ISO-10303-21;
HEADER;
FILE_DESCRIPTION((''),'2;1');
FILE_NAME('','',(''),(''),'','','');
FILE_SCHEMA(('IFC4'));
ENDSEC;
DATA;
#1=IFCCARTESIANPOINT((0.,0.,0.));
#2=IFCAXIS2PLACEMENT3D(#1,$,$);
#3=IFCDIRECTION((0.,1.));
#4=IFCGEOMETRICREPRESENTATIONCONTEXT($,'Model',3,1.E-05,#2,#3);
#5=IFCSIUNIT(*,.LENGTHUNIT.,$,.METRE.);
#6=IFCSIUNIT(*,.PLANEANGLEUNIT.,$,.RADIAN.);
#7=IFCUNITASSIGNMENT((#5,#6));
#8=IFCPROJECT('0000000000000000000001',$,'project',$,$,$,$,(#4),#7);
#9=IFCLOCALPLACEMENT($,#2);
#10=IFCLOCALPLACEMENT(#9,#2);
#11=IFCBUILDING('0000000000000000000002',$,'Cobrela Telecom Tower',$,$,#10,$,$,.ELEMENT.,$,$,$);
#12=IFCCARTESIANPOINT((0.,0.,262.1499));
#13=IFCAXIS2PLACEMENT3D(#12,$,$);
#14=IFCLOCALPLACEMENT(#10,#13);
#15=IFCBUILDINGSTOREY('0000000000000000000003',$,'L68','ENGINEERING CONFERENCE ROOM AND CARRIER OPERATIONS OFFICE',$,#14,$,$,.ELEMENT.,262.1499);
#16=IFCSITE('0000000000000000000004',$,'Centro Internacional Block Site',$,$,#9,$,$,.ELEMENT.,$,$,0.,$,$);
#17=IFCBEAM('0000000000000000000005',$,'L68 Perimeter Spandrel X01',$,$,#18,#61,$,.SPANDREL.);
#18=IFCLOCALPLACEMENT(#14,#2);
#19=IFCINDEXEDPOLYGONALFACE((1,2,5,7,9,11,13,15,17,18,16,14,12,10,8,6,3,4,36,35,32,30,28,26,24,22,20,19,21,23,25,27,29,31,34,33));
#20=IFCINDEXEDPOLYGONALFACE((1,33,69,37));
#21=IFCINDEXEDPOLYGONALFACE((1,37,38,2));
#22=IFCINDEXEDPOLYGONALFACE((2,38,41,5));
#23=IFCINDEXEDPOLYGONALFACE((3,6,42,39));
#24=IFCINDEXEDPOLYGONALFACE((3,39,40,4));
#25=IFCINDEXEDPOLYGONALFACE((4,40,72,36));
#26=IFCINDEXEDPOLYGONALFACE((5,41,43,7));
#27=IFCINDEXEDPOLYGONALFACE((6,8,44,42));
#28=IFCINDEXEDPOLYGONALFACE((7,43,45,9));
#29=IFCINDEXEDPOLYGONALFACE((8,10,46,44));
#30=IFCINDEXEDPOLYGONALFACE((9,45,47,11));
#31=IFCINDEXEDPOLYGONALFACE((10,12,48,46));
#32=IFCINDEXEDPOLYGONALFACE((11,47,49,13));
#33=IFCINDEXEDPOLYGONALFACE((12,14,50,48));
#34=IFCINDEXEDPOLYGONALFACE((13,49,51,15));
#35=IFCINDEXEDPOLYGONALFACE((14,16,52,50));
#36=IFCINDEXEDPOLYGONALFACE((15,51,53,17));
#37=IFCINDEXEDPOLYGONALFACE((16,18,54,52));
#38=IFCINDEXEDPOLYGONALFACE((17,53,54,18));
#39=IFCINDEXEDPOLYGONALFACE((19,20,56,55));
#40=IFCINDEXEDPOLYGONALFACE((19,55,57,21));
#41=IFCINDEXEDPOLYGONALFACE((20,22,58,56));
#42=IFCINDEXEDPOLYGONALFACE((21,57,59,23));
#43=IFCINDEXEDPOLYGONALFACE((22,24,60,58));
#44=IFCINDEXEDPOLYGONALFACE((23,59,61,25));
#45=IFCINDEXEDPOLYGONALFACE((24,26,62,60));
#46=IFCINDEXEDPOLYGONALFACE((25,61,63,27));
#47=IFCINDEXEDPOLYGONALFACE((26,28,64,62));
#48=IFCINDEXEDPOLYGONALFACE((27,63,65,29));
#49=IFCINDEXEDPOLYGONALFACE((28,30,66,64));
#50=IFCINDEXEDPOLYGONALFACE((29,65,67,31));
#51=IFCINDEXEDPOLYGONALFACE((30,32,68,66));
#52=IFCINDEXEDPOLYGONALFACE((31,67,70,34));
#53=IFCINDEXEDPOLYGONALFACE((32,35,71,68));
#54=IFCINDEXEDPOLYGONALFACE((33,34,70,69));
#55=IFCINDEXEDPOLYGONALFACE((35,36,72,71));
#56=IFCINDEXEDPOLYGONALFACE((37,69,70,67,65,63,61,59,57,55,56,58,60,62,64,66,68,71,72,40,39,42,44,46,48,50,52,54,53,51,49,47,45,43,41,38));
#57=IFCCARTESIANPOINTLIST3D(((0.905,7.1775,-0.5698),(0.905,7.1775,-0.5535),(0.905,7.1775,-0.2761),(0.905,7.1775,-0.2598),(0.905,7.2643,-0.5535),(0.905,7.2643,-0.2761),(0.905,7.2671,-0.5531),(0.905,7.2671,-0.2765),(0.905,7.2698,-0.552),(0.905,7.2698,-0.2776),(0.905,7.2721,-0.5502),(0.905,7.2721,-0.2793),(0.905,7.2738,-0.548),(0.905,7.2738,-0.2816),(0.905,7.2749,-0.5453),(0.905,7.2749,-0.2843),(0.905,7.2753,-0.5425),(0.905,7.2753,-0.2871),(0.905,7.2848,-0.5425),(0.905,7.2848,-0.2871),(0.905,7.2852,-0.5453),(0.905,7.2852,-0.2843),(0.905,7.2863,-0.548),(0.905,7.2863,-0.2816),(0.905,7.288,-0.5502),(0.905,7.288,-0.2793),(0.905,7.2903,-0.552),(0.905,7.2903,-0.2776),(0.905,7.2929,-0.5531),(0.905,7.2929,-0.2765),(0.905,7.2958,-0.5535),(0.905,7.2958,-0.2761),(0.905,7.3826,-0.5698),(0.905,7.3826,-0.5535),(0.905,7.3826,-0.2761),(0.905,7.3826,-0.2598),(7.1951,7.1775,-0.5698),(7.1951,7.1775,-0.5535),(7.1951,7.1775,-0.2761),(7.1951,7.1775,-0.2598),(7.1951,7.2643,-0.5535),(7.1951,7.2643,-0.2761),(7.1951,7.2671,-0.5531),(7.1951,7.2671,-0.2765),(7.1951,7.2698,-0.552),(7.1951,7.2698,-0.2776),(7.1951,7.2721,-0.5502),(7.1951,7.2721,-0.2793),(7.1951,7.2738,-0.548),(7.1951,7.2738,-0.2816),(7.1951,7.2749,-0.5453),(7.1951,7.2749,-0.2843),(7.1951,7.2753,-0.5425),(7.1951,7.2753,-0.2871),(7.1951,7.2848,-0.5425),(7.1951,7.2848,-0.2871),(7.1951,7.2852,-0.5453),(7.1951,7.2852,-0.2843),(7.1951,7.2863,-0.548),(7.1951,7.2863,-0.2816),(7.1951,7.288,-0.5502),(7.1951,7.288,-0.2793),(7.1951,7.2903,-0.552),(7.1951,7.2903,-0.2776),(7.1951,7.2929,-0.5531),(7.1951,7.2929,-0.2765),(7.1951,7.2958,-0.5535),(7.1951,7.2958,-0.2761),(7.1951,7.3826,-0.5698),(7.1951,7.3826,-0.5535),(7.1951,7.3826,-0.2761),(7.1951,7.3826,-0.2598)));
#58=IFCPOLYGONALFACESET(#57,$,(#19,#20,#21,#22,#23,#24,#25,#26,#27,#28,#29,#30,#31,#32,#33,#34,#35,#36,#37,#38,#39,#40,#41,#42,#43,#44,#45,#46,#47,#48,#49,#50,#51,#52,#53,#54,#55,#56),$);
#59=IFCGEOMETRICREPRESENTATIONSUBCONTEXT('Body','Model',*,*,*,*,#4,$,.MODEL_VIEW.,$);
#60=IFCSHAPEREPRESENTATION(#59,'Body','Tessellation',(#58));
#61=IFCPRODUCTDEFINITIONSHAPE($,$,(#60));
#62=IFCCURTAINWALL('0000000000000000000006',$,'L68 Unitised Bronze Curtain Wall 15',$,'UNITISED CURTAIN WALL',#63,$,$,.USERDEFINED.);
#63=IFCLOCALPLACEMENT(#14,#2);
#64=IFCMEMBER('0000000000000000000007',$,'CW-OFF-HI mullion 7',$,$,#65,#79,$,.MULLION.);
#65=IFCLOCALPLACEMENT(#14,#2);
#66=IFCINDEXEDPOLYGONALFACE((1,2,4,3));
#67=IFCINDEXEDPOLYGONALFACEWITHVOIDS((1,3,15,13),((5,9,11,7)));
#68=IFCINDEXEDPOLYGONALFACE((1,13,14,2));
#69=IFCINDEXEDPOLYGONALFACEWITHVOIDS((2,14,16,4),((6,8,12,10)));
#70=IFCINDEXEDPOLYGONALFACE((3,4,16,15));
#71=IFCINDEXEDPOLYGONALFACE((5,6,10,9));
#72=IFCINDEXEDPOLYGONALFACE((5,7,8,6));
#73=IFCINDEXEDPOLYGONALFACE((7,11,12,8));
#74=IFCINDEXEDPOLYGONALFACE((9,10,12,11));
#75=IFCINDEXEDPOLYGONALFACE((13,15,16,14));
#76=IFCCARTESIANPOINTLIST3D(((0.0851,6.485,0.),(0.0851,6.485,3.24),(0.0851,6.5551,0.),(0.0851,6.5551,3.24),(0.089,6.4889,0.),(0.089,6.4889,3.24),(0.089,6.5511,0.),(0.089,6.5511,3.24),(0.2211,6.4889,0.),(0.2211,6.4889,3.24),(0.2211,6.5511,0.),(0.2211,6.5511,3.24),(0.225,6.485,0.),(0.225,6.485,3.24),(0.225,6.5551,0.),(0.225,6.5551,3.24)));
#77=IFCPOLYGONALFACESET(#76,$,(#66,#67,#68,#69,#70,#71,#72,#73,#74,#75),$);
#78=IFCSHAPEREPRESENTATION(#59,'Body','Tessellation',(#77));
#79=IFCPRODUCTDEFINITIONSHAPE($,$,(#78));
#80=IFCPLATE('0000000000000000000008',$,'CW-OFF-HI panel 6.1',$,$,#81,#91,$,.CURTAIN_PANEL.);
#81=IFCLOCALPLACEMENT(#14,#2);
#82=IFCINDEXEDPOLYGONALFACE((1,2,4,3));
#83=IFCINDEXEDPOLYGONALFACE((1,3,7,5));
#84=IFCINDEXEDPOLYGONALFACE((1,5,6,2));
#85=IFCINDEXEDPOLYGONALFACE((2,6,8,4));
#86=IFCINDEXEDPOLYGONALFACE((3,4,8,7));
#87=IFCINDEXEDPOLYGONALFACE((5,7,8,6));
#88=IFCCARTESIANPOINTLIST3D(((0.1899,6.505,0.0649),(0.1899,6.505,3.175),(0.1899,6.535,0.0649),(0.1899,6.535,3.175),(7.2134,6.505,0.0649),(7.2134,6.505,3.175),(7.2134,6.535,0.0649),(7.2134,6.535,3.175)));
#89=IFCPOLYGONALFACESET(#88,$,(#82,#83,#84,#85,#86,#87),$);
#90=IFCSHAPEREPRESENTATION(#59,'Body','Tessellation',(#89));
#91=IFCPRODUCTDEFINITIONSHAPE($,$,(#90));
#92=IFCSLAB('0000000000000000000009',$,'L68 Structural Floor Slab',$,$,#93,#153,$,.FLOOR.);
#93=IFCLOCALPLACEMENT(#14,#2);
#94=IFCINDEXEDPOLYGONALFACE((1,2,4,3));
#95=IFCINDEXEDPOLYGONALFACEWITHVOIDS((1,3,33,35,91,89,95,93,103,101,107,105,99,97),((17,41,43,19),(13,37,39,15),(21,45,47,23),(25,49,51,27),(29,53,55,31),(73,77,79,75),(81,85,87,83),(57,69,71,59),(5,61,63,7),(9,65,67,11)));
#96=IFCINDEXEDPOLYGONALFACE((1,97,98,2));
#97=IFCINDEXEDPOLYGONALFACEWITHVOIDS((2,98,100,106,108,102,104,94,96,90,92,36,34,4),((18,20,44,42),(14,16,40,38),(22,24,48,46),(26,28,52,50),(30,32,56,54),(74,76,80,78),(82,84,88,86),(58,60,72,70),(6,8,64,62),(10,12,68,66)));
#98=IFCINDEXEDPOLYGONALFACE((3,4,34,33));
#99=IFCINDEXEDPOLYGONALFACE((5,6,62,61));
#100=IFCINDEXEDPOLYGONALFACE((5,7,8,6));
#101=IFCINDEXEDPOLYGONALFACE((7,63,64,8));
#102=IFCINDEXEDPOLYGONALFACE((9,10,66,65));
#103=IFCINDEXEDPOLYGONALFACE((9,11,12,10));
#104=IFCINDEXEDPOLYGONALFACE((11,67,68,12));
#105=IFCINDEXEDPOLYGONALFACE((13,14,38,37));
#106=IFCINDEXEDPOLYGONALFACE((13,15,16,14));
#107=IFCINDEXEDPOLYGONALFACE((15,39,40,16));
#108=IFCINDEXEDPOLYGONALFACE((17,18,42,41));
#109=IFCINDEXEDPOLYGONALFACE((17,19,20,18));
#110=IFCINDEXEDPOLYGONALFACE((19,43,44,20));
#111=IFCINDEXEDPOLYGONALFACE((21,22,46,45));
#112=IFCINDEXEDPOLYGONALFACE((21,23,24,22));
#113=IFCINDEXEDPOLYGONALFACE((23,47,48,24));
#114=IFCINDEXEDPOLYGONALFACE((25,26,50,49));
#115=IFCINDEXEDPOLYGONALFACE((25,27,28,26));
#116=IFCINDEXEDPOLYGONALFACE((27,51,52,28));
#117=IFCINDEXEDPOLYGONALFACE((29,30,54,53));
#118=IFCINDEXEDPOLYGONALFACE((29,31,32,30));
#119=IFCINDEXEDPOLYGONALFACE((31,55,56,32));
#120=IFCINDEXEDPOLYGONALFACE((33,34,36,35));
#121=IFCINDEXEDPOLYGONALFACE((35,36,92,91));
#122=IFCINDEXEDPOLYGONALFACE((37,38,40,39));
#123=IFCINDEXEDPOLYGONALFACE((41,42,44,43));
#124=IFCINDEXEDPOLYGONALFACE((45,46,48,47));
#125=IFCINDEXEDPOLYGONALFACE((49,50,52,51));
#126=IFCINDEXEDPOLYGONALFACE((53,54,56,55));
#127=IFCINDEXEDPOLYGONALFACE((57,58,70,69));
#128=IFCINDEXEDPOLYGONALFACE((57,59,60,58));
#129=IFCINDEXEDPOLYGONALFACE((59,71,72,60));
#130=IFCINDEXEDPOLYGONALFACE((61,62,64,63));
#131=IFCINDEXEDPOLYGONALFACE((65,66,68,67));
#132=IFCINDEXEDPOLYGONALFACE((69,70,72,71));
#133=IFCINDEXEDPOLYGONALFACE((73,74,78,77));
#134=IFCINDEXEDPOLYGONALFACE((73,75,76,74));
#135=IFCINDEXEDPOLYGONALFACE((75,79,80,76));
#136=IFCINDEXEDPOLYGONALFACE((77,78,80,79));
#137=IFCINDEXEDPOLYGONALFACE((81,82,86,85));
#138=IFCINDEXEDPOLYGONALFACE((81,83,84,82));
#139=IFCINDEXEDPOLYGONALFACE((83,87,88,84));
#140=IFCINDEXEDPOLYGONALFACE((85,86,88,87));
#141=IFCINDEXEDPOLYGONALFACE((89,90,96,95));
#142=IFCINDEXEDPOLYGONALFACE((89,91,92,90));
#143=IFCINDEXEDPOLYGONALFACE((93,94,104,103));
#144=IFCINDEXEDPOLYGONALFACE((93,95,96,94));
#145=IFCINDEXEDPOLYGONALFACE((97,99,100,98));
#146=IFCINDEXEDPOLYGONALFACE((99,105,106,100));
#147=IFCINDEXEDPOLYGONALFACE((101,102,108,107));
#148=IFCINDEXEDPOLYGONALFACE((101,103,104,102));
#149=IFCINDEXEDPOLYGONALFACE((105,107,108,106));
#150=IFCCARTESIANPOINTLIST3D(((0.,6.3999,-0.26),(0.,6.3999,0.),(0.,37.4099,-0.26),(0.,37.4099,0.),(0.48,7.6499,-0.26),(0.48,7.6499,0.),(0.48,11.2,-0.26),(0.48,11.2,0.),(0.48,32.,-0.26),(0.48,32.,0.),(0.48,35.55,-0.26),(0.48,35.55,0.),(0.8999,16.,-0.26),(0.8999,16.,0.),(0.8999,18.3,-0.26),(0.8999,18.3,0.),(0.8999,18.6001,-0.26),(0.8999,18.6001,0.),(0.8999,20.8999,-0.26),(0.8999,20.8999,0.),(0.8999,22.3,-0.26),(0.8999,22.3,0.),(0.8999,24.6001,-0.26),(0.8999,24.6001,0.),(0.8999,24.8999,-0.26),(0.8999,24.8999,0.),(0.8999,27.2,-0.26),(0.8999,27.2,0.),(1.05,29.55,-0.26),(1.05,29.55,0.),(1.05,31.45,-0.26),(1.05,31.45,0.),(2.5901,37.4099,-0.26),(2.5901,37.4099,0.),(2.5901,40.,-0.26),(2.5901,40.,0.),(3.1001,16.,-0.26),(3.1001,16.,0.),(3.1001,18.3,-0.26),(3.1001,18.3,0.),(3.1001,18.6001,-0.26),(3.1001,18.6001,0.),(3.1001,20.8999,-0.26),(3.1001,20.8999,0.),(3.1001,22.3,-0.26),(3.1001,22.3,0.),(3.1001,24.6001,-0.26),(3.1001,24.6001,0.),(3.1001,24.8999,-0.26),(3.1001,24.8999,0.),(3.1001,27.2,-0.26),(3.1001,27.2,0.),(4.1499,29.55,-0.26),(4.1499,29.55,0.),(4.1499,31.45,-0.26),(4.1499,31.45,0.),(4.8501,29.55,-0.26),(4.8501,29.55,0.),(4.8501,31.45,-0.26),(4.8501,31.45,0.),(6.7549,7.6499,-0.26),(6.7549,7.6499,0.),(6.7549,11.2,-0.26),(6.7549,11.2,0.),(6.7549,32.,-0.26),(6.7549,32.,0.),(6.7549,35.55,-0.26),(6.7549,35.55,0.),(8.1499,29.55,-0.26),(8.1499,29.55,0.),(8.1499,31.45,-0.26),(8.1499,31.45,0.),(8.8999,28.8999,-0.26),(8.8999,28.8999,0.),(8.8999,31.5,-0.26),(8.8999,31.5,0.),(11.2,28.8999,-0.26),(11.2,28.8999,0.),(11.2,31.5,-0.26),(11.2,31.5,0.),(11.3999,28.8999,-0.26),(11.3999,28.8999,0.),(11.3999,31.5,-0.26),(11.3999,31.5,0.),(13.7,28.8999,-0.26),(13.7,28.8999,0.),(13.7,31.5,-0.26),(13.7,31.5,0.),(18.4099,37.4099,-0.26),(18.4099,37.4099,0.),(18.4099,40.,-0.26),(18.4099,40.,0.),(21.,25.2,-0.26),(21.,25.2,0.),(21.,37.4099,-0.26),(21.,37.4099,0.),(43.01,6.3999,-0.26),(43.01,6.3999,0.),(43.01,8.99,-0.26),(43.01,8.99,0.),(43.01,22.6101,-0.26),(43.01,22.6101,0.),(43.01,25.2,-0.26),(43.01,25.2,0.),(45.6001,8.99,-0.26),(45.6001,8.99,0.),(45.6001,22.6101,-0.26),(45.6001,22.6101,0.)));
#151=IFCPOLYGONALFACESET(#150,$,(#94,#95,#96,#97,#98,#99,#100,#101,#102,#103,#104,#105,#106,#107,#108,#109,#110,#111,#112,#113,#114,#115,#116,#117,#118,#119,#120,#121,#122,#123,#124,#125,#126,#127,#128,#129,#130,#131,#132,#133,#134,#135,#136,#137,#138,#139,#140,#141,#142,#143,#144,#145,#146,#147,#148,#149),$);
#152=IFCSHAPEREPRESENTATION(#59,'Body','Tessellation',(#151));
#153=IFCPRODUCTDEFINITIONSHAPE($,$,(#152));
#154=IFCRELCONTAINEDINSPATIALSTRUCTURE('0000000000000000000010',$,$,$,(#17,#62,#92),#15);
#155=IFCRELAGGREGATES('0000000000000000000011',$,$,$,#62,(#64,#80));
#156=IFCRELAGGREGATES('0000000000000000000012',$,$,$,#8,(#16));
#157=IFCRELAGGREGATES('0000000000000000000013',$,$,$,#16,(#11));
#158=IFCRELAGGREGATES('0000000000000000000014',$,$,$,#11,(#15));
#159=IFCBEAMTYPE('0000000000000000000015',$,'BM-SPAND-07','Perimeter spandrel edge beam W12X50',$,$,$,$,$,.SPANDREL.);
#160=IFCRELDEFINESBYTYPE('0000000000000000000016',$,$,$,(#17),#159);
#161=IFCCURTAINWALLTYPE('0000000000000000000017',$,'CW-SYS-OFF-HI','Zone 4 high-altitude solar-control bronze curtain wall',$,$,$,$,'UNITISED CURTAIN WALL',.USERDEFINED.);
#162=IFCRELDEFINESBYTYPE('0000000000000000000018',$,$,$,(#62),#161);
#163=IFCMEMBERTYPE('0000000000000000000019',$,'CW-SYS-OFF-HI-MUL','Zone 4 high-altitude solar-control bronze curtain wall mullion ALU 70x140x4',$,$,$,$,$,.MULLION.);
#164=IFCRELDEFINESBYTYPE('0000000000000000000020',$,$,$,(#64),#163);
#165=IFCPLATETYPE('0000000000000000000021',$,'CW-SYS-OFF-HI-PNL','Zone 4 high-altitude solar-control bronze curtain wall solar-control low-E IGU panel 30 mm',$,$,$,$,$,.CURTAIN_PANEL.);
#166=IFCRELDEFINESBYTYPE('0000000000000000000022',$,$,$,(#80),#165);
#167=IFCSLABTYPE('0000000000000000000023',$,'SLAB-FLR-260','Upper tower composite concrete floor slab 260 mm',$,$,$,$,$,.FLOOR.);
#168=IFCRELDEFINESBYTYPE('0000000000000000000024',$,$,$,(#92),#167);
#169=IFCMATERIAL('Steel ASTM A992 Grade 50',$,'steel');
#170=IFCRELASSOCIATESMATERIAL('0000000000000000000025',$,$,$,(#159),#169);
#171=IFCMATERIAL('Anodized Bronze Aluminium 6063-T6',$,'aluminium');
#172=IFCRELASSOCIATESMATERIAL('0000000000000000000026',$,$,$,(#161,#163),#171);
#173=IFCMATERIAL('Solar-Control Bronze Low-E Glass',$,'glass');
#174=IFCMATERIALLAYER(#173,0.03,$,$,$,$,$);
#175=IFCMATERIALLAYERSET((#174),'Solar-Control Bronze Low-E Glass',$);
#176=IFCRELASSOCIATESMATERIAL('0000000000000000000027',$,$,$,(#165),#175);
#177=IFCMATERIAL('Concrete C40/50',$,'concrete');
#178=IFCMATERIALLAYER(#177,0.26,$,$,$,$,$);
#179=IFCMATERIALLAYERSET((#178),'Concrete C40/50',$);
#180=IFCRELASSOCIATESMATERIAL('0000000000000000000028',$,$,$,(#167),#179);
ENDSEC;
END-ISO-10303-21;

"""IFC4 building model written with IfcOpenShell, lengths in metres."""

from ifc_helpers import new_model, si_unit, direction, frame, origin, origin_2d, place, context, subcontext, project, spatial, polyline, rectangle, hollow_rectangle, i_section, outline, extrude, material, layer, layer_set, material_profile, profile_set, type_object, element, aggregate, save


model = new_model("IFC4")

# Units and contexts
model_context = context("Model", 3, precision=1e-05, world=origin(), true_north=direction((0.0, 1.0)))
body_context = subcontext(model_context, "Body", "Model", "MODEL_VIEW")
ifc_project = project(units=[si_unit("LENGTHUNIT", "METRE"), si_unit("PLANEANGLEUNIT", "RADIAN")], contexts=[model_context])

# Site, building, storey
site_placement = place(None, origin())
site = spatial("IfcSite", under=ifc_project, at=site_placement, Name="Centro Internacional Block Site", CompositionType="ELEMENT", RefElevation=0.0)
building_placement = place(site_placement, origin())
building = spatial("IfcBuilding", under=site, at=building_placement, Name="Cobrela Telecom Tower", CompositionType="ELEMENT")
storey_placement = place(building_placement, frame((0.0, 0.0, 262.1499)))
storey = spatial("IfcBuildingStorey", under=building, at=storey_placement, Name="L68", Description="ENGINEERING CONFERENCE ROOM AND CARRIER OPERATIONS OFFICE", CompositionType="ELEMENT", Elevation=262.1499)

# Beam
ifc_material_1 = material(Name="Steel ASTM A992 Grade 50", Category="steel")
ifc_material_profile_1 = material_profile(ifc_material_1, i_section(OverallWidth=0.2051, OverallDepth=0.3101, WebThickness=0.0095, FlangeThickness=0.0164, FilletRadius=0.011, at=origin_2d()), Name="W12X50")
ifc_profile_set_1 = profile_set([ifc_material_profile_1], Name="Steel ASTM A992 Grade 50")
beam_type = type_object("IfcBeamType", Name="BM-SPAND-07", Description="Perimeter spandrel edge beam W12X50", PredefinedType="SPANDREL", material=ifc_profile_set_1)
beam_placement = place(storey_placement, frame((0.905, 7.28, -0.4148), z_axis=(1.0, 0.0, 0.0), x_axis=(0.0, 1.0, 0.0)))
element("IfcBeam", 1, at=beam_placement, inside=storey, type_object=beam_type, Name="L68 Perimeter Spandrel X01", PredefinedType="SPANDREL", context=body_context, shape_type="SweptSolid", body=[
    extrude(i_section(OverallWidth=0.2051, OverallDepth=0.3101, WebThickness=0.0095, FlangeThickness=0.0164, FilletRadius=0.011, at=origin_2d()), origin(), (0.0, 0.0, 1.0), 6.29),
])

# Curtain wall, member, plate
ifc_material_2 = material(Name="Anodized Bronze Aluminium 6063-T6", Category="aluminium")
curtain_wall_type = type_object("IfcCurtainWallType", Name="CW-SYS-OFF-HI", Description="Zone 4 high-altitude solar-control bronze curtain wall", ElementType="UNITISED CURTAIN WALL", PredefinedType="USERDEFINED", material=ifc_material_2)
curtain_wall_placement = place(storey_placement, origin())
curtain_wall = element("IfcCurtainWall", 2, at=curtain_wall_placement, inside=storey, type_object=curtain_wall_type, Name="L68 Unitised Bronze Curtain Wall 15", ObjectType="UNITISED CURTAIN WALL", PredefinedType="USERDEFINED")
ifc_material_profile_2 = material_profile(ifc_material_2, hollow_rectangle(XDim=0.0701, YDim=0.1399, WallThickness=0.0039, at=origin_2d()), Name="ALU 70x140x4")
ifc_profile_set_2 = profile_set([ifc_material_profile_2], Name="Anodized Bronze Aluminium 6063-T6")
member_type = type_object("IfcMemberType", Name="CW-SYS-OFF-HI-MUL", Description="Zone 4 high-altitude solar-control bronze curtain wall mullion ALU 70x140x4", PredefinedType="MULLION", material=ifc_profile_set_2)
member_placement = place(storey_placement, frame((0.155, 6.52, 0.0), z_axis=(0.0, 0.0, 1.0), x_axis=(0.0, -1.0, 0.0)))
member = element("IfcMember", 3, at=member_placement, type_object=member_type, Name="CW-OFF-HI mullion 7", PredefinedType="MULLION", context=body_context, shape_type="SweptSolid", body=[
    extrude(hollow_rectangle(XDim=0.0701, YDim=0.1399, WallThickness=0.0039, at=origin_2d()), origin(), (0.0, 0.0, 1.0), 3.24),
])
ifc_material_3 = material(Name="Solar-Control Bronze Low-E Glass", Category="glass")
ifc_layer_1 = layer(ifc_material_3, 0.03)
ifc_layer_set_1 = layer_set([ifc_layer_1], Name="Solar-Control Bronze Low-E Glass")
plate_type = type_object("IfcPlateType", Name="CW-SYS-OFF-HI-PNL", Description="Zone 4 high-altitude solar-control bronze curtain wall solar-control low-E IGU panel 30 mm", PredefinedType="CURTAIN_PANEL", material=ifc_layer_set_1)
plate_placement = place(storey_placement, frame((3.7017, 6.52, 0.0649), z_axis=(0.0, 0.0, 1.0), x_axis=(-1.0, 0.0, 0.0)))
plate = element("IfcPlate", 4, at=plate_placement, type_object=plate_type, Name="CW-OFF-HI panel 6.1", PredefinedType="CURTAIN_PANEL", context=body_context, shape_type="SweptSolid", body=[
    extrude(rectangle(XDim=7.0234, YDim=0.03, at=origin_2d()), origin(), (0.0, 0.0, 1.0), 3.1101),
])
aggregate(curtain_wall, [member, plate])

# Slab, openings
ifc_material_4 = material(Name="Concrete C40/50", Category="concrete")
ifc_layer_2 = layer(ifc_material_4, 0.26)
ifc_layer_set_2 = layer_set([ifc_layer_2], Name="Concrete C40/50")
slab_type_1 = type_object("IfcSlabType", Name="SLAB-FLR-260", Description="Upper tower composite concrete floor slab 260 mm", PredefinedType="FLOOR", material=ifc_layer_set_2)
slab_1_placement = place(storey_placement, frame((0.0, 0.0, -0.26)))
slab_1 = element("IfcSlab", 5, at=slab_1_placement, inside=storey, type_object=slab_type_1, Name="L68 Structural Floor Slab", PredefinedType="FLOOR", context=body_context, shape_type="SweptSolid", body=[
    extrude(outline(polyline([(0.0, 6.3999), (43.01, 6.3999), (43.01, 8.99), (45.6001, 8.99), (45.6001, 22.6101), (43.01, 22.6101), (43.01, 25.2), (21.0, 25.2), (21.0, 37.4099), (18.4099, 37.4099), (18.4099, 40.0), (2.5901, 40.0), (2.5901, 37.4099), (0.0, 37.4099), (0.0, 6.3999)])), origin(), (0.0, 0.0, 1.0), 0.26),
])
opening_1_placement = place(slab_1_placement, frame((0.0, 0.0, -0.02)))
element("IfcOpeningElement", 6, at=opening_1_placement, cuts=slab_1, PredefinedType="OPENING", context=body_context, shape_type="SweptSolid", body=[
    extrude(outline(polyline([(8.8999, 28.8999), (11.2, 28.8999), (11.2, 31.5), (8.8999, 31.5), (8.8999, 28.8999)])), origin(), (0.0, 0.0, 1.0), 0.3),
])
opening_2_placement = place(slab_1_placement, frame((0.0, 0.0, -0.02)))
element("IfcOpeningElement", 7, at=opening_2_placement, cuts=slab_1, PredefinedType="OPENING", context=body_context, shape_type="SweptSolid", body=[
    extrude(outline(polyline([(11.3999, 28.8999), (13.7, 28.8999), (13.7, 31.5), (11.3999, 31.5), (11.3999, 28.8999)])), origin(), (0.0, 0.0, 1.0), 0.3),
])
opening_3_placement = place(slab_1_placement, frame((0.0, 0.0, -0.02)))
element("IfcOpeningElement", 8, at=opening_3_placement, cuts=slab_1, PredefinedType="OPENING", context=body_context, shape_type="SweptSolid", body=[
    extrude(outline(polyline([(0.8999, 16.0), (3.1001, 16.0), (3.1001, 18.3), (0.8999, 18.3), (0.8999, 16.0)])), origin(), (0.0, 0.0, 1.0), 0.3),
])
opening_4_placement = place(slab_1_placement, frame((0.0, 0.0, -0.02)))
element("IfcOpeningElement", 9, at=opening_4_placement, cuts=slab_1, PredefinedType="OPENING", context=body_context, shape_type="SweptSolid", body=[
    extrude(outline(polyline([(0.8999, 18.6001), (3.1001, 18.6001), (3.1001, 20.8999), (0.8999, 20.8999), (0.8999, 18.6001)])), origin(), (0.0, 0.0, 1.0), 0.3),
])
opening_5_placement = place(slab_1_placement, frame((0.0, 0.0, -0.02)))
element("IfcOpeningElement", 10, at=opening_5_placement, cuts=slab_1, PredefinedType="OPENING", context=body_context, shape_type="SweptSolid", body=[
    extrude(outline(polyline([(0.8999, 22.3), (3.1001, 22.3), (3.1001, 24.6001), (0.8999, 24.6001), (0.8999, 22.3)])), origin(), (0.0, 0.0, 1.0), 0.3),
])
opening_6_placement = place(slab_1_placement, frame((0.0, 0.0, -0.02)))
element("IfcOpeningElement", 11, at=opening_6_placement, cuts=slab_1, PredefinedType="OPENING", context=body_context, shape_type="SweptSolid", body=[
    extrude(outline(polyline([(0.8999, 24.8999), (3.1001, 24.8999), (3.1001, 27.2), (0.8999, 27.2), (0.8999, 24.8999)])), origin(), (0.0, 0.0, 1.0), 0.3),
])
opening_7_placement = place(slab_1_placement, frame((0.0, 0.0, -0.02)))
element("IfcOpeningElement", 12, at=opening_7_placement, cuts=slab_1, PredefinedType="OPENING", context=body_context, shape_type="SweptSolid", body=[
    extrude(outline(polyline([(1.05, 29.55), (4.1499, 29.55), (4.1499, 31.45), (1.05, 31.45), (1.05, 29.55)])), origin(), (0.0, 0.0, 1.0), 0.3),
])
opening_8_placement = place(slab_1_placement, frame((0.0, 0.0, -0.02)))
element("IfcOpeningElement", 13, at=opening_8_placement, cuts=slab_1, PredefinedType="OPENING", context=body_context, shape_type="SweptSolid", body=[
    extrude(outline(polyline([(4.8501, 29.55), (8.1499, 29.55), (8.1499, 31.45), (4.8501, 31.45), (4.8501, 29.55)])), origin(), (0.0, 0.0, 1.0), 0.3),
])
opening_9_placement = place(slab_1_placement, frame((0.0, 0.0, -0.02)))
element("IfcOpeningElement", 14, at=opening_9_placement, cuts=slab_1, PredefinedType="OPENING", context=body_context, shape_type="SweptSolid", body=[
    extrude(outline(polyline([(6.7549, 35.55), (0.48, 35.55), (0.48, 32.0), (6.7549, 32.0), (6.7549, 35.55)])), origin(), (0.0, 0.0, 1.0), 0.3),
])
opening_10_placement = place(slab_1_placement, frame((0.0, 0.0, -0.02)))
element("IfcOpeningElement", 15, at=opening_10_placement, cuts=slab_1, PredefinedType="OPENING", context=body_context, shape_type="SweptSolid", body=[
    extrude(outline(polyline([(6.7549, 11.2), (0.48, 11.2), (0.48, 7.6499), (6.7549, 7.6499), (6.7549, 11.2)])), origin(), (0.0, 0.0, 1.0), 0.3),
])

save(model, "model.ifc")
